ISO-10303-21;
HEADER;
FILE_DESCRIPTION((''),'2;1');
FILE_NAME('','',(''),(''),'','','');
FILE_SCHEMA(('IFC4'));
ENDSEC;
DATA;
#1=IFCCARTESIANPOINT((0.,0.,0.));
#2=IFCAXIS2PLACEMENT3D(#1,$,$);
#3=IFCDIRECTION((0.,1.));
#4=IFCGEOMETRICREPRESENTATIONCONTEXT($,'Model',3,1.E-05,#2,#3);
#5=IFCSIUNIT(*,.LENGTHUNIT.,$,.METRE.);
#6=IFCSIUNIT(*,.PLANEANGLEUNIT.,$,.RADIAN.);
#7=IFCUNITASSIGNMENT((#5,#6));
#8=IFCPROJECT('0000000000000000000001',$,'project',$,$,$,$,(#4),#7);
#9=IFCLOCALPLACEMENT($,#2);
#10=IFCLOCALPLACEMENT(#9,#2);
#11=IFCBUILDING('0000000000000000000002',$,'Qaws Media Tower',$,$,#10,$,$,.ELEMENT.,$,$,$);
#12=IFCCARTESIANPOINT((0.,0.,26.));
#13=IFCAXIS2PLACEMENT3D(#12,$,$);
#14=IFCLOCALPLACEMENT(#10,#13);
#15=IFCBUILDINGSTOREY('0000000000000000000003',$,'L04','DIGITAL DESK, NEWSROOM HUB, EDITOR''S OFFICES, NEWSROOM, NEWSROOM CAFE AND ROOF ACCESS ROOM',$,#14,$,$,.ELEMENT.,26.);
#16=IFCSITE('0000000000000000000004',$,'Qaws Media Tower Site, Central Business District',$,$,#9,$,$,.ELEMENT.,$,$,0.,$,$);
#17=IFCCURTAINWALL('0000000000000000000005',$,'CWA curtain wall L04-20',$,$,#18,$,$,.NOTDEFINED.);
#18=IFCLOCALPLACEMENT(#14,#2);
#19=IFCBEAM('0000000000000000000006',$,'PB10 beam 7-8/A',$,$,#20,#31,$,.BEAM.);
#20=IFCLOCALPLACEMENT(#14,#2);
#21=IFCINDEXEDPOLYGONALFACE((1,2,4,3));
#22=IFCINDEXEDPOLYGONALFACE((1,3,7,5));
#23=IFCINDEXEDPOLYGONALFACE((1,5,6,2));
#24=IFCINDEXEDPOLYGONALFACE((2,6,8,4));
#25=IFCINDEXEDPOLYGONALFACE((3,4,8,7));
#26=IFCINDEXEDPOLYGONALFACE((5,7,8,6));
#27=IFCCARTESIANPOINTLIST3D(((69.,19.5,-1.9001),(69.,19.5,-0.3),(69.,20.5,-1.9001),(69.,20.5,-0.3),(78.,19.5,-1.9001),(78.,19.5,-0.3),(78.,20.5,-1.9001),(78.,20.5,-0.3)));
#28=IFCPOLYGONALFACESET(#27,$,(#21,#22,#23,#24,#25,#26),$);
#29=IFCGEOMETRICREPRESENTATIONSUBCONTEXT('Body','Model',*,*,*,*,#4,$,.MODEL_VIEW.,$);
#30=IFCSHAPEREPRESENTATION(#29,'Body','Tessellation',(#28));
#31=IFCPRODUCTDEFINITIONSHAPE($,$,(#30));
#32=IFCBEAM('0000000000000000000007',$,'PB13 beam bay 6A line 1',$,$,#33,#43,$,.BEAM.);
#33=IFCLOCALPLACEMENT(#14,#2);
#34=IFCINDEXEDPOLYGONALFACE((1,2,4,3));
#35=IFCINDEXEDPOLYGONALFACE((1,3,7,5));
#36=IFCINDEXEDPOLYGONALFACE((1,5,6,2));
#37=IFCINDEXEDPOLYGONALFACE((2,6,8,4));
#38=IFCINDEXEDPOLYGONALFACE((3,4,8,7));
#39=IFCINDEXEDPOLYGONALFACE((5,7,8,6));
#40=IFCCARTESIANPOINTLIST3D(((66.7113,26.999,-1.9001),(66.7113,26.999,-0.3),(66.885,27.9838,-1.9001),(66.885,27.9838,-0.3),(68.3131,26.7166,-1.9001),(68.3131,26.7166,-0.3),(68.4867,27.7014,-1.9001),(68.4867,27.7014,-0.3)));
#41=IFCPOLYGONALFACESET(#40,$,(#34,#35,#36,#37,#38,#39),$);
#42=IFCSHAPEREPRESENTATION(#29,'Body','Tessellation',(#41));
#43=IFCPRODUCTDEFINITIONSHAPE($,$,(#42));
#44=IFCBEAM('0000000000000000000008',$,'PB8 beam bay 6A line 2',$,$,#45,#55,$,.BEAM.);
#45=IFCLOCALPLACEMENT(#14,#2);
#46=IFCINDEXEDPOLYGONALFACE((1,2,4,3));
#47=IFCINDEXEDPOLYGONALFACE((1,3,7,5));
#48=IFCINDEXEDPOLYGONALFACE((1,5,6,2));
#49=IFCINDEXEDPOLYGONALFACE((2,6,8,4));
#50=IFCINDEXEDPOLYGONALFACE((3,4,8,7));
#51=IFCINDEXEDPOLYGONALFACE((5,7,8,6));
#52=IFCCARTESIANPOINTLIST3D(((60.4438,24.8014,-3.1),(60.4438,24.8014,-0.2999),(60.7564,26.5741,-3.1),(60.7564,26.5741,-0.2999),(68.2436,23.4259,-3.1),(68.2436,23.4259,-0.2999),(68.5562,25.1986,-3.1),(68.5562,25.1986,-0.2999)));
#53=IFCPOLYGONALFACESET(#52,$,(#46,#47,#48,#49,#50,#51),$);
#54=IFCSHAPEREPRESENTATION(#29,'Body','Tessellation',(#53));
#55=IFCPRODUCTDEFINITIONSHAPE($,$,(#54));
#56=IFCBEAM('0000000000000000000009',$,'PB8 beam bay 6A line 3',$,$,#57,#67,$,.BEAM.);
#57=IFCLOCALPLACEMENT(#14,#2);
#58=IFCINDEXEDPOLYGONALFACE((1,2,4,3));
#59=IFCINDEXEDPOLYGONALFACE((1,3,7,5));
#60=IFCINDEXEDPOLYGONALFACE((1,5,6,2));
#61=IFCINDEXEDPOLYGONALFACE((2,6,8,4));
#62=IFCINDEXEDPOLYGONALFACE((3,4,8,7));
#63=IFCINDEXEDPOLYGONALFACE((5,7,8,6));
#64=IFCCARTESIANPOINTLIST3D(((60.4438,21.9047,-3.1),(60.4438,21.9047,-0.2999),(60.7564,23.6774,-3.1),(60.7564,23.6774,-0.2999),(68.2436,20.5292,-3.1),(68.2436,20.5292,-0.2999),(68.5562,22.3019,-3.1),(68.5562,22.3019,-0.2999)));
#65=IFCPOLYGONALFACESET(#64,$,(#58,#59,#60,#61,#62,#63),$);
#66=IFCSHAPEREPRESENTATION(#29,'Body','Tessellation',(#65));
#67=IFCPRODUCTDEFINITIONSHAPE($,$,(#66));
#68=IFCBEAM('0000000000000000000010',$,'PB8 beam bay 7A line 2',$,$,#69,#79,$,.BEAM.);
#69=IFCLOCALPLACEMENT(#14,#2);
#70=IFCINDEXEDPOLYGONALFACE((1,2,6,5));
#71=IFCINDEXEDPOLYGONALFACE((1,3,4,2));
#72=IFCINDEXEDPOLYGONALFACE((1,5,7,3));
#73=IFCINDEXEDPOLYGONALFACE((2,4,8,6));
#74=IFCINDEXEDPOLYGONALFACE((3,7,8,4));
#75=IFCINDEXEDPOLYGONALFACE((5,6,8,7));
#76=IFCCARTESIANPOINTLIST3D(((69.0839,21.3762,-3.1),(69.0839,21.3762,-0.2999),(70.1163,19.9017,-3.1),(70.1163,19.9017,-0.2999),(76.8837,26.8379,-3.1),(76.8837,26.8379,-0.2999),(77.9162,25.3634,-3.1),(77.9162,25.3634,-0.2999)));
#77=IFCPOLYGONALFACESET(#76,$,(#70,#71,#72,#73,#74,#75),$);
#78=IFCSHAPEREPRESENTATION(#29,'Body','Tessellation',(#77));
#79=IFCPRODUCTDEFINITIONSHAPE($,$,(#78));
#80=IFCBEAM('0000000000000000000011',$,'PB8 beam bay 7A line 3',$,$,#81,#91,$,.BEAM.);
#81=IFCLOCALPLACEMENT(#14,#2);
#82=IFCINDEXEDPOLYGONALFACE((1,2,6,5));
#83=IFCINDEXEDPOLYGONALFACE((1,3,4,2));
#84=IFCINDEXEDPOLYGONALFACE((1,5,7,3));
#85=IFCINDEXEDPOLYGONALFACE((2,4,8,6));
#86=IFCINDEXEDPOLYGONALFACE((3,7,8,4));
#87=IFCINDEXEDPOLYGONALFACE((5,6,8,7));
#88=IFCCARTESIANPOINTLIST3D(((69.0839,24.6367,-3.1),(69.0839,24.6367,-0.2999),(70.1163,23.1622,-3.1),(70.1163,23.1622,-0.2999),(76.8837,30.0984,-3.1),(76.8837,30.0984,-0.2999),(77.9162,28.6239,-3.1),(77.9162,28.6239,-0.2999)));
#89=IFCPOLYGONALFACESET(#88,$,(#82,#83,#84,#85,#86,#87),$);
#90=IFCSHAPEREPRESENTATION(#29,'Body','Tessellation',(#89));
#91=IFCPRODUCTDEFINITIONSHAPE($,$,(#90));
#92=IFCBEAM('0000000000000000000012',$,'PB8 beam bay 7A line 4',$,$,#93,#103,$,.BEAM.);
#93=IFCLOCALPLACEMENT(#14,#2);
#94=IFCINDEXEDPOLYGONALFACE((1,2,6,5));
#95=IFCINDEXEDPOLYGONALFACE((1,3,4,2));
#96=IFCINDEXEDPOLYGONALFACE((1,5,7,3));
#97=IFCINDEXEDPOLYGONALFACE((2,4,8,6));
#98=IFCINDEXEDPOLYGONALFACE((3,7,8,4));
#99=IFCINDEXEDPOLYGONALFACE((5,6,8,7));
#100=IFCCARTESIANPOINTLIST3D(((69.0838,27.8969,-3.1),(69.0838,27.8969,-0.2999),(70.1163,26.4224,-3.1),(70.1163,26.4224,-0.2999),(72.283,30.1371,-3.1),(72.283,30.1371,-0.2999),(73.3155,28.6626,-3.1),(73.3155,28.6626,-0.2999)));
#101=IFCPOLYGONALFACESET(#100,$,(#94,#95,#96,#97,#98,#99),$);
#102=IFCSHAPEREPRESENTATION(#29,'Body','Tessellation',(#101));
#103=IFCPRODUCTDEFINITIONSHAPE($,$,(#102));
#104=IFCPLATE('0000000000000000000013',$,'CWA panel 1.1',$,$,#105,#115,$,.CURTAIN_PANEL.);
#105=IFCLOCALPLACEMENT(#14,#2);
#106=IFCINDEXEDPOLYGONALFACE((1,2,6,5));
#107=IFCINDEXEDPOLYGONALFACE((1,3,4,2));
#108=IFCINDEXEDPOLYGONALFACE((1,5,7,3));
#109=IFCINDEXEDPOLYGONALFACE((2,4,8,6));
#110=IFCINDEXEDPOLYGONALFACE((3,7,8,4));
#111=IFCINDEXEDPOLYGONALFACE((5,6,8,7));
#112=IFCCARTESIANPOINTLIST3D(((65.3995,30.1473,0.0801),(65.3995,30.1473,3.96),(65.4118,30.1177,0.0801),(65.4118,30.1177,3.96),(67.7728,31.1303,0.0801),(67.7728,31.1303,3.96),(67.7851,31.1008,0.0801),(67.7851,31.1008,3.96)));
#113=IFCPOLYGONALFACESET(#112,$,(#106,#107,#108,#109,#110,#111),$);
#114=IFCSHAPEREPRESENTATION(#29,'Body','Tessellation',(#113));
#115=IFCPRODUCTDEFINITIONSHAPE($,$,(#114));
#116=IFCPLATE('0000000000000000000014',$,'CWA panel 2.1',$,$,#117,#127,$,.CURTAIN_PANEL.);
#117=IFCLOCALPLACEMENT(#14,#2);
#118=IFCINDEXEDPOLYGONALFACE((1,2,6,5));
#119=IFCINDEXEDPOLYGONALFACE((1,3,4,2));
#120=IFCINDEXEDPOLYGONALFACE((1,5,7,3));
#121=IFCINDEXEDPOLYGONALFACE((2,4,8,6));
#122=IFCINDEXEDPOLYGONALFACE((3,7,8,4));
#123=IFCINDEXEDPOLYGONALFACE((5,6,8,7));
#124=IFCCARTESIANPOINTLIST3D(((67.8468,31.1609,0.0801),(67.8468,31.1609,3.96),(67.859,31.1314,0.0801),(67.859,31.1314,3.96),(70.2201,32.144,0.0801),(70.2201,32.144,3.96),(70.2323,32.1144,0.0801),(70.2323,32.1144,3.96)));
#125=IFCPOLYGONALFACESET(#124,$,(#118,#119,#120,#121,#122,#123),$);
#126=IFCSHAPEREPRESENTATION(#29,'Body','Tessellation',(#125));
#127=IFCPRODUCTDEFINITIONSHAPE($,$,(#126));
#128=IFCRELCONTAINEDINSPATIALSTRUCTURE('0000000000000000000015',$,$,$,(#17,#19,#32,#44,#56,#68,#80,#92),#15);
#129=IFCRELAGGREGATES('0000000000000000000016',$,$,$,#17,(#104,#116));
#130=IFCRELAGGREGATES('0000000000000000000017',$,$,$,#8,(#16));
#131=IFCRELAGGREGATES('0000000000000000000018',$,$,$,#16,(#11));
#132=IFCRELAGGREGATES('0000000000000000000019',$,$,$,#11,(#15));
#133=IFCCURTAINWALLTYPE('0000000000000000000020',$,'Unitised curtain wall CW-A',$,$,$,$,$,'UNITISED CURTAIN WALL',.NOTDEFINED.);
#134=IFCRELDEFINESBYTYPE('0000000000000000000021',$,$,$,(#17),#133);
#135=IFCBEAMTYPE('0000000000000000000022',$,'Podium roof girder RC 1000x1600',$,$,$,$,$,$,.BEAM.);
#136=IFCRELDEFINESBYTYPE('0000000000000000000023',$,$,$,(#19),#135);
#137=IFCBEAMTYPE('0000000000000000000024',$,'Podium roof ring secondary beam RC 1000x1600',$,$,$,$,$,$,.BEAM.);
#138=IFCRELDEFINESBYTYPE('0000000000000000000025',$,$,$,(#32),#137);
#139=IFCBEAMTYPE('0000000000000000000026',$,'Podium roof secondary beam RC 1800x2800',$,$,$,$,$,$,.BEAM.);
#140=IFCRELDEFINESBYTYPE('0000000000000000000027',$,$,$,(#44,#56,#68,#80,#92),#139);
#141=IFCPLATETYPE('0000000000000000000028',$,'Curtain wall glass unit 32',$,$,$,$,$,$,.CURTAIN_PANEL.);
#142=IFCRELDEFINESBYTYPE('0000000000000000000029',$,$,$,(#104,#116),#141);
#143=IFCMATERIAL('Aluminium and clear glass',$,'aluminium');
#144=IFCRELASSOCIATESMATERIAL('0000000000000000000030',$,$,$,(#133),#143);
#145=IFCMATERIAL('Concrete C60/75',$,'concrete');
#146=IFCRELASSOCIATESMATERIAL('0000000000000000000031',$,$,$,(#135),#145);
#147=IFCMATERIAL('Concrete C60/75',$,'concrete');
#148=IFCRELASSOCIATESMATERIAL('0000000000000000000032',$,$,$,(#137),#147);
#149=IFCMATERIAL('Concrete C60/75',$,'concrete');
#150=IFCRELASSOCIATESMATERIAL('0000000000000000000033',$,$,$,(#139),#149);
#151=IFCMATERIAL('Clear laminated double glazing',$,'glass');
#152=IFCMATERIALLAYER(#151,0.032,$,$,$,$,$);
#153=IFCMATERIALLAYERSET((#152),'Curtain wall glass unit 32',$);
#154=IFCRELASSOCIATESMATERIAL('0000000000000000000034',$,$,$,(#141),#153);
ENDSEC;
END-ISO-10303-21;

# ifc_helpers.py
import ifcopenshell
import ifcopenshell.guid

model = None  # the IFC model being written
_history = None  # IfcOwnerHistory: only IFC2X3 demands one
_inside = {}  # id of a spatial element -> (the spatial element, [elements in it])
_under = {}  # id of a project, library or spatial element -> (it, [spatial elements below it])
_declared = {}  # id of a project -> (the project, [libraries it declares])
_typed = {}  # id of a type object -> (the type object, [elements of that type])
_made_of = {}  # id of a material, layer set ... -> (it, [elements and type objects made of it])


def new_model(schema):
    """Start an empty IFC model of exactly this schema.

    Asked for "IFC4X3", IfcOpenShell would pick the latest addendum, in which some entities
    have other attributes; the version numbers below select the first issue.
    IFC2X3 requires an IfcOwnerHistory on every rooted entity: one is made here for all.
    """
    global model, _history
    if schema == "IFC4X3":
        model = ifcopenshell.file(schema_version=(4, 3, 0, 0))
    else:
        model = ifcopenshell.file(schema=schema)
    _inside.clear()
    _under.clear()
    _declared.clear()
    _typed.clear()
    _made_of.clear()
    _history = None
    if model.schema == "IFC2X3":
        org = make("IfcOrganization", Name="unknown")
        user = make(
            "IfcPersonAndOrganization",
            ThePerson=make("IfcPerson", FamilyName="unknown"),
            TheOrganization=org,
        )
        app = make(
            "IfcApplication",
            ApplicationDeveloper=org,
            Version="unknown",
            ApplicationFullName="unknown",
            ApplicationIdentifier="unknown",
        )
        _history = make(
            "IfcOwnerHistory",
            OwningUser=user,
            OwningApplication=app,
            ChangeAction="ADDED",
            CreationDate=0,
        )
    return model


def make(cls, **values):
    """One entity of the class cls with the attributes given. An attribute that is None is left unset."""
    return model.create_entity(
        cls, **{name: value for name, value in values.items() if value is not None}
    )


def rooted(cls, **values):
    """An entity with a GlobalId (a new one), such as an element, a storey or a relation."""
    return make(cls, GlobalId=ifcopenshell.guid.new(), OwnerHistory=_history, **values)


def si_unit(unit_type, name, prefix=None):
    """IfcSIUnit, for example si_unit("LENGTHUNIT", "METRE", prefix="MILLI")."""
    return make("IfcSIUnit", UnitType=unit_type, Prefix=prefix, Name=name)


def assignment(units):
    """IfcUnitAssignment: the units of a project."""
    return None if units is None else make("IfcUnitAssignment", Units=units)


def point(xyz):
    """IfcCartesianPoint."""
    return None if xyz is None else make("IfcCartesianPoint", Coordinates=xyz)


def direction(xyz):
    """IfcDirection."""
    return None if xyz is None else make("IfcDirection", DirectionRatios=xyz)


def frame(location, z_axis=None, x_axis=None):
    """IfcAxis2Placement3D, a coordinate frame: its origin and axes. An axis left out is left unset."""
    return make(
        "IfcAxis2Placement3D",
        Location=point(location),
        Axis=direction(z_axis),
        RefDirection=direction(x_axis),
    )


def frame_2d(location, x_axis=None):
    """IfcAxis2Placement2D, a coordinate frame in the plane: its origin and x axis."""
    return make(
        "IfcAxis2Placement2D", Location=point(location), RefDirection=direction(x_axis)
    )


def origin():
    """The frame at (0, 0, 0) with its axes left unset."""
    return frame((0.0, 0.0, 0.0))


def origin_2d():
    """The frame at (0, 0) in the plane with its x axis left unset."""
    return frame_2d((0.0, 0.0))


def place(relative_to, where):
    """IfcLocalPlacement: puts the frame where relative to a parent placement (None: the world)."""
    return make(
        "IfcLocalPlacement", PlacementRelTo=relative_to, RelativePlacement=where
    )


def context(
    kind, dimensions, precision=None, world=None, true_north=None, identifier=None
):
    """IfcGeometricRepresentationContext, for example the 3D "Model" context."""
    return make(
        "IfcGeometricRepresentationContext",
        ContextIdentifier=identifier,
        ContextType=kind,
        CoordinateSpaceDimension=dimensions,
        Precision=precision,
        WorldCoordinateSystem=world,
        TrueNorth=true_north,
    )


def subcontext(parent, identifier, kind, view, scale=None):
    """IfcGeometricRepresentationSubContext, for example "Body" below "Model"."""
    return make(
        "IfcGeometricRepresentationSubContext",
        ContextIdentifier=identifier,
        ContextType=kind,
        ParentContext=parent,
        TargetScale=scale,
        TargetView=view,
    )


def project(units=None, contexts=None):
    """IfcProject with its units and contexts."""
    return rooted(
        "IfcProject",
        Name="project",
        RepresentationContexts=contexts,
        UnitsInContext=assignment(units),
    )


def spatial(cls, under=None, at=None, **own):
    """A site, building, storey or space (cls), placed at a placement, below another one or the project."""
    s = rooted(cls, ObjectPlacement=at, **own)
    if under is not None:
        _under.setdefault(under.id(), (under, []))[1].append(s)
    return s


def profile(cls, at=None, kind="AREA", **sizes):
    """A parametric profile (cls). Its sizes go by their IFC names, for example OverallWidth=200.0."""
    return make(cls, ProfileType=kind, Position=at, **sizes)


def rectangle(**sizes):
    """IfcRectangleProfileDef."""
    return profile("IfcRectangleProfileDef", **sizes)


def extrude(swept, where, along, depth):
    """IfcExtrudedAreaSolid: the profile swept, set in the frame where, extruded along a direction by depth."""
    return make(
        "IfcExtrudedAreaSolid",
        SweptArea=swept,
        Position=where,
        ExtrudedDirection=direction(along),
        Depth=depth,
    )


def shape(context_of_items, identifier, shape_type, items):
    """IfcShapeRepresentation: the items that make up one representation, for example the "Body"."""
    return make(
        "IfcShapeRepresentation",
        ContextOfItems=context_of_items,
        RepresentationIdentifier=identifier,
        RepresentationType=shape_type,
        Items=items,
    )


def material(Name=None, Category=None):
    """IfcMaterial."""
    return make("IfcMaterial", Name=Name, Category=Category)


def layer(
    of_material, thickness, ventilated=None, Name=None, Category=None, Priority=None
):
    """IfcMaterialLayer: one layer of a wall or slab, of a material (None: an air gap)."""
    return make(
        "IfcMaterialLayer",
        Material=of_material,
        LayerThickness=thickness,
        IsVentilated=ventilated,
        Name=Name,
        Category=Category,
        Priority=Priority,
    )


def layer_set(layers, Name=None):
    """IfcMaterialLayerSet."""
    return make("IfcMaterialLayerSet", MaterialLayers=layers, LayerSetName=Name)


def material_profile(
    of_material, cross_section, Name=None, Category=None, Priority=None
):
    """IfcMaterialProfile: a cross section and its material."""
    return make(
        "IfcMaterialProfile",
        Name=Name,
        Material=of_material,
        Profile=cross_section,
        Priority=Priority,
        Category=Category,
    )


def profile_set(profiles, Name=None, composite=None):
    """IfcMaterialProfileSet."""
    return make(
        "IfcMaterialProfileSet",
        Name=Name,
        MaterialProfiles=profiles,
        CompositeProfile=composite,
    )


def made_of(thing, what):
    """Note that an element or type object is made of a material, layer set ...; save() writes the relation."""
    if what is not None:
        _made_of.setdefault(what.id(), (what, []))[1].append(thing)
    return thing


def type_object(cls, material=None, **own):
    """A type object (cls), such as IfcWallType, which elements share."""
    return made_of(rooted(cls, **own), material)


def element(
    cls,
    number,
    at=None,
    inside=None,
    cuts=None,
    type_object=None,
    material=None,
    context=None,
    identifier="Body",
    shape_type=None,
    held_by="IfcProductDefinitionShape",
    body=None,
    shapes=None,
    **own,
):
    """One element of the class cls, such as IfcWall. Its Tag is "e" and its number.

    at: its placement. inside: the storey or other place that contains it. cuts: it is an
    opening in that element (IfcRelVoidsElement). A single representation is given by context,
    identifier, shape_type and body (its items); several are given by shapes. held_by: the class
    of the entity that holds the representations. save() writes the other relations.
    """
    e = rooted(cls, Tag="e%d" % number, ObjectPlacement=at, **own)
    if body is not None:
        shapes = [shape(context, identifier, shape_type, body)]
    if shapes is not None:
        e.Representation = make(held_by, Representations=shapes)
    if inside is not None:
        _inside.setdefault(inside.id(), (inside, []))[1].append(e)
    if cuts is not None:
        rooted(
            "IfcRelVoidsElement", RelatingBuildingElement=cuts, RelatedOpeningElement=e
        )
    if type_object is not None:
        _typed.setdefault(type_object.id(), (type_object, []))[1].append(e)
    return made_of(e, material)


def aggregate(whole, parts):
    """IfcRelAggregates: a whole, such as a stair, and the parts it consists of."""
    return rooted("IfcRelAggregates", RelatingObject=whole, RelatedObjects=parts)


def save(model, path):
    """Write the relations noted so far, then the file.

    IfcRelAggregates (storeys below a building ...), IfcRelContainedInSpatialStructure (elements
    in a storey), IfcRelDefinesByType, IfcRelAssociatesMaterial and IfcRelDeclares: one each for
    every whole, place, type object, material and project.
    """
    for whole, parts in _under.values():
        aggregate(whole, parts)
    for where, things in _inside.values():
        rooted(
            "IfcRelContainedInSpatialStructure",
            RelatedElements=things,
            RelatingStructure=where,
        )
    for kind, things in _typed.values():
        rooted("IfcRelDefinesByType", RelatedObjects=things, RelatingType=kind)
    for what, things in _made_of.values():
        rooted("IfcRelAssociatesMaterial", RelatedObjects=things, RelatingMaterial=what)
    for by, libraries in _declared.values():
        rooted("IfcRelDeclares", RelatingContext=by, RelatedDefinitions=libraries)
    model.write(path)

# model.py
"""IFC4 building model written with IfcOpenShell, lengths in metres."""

from ifc_helpers import new_model, si_unit, direction, frame, origin, origin_2d, place, context, subcontext, project, spatial, rectangle, extrude, material, layer, layer_set, material_profile, profile_set, type_object, element, aggregate, save


model = new_model("IFC4")

# Units and contexts
model_context = context("Model", 3, precision=1e-05, world=origin(), true_north=direction((0.0, 1.0)))
body_context = subcontext(model_context, "Body", "Model", "MODEL_VIEW")
ifc_project = project(units=[si_unit("LENGTHUNIT", "METRE"), si_unit("PLANEANGLEUNIT", "RADIAN")], contexts=[model_context])

# Site, building, storey
site_placement = place(None, origin())
site = spatial("IfcSite", under=ifc_project, at=site_placement, Name="Qaws Media Tower Site, Central Business District", CompositionType="ELEMENT", RefElevation=0.0)
building_placement = place(site_placement, origin())
building = spatial("IfcBuilding", under=site, at=building_placement, Name="Qaws Media Tower", CompositionType="ELEMENT")
storey_placement = place(building_placement, frame((0.0, 0.0, 26.0)))
storey = spatial("IfcBuildingStorey", under=building, at=storey_placement, Name="L04", Description="DIGITAL DESK, NEWSROOM HUB, EDITOR'S OFFICES, NEWSROOM, NEWSROOM CAFE AND ROOF ACCESS ROOM", CompositionType="ELEMENT", Elevation=26.0)

# Curtain wall
ifc_material_1 = material(Name="Aluminium and clear glass", Category="aluminium")
curtain_wall_type = type_object("IfcCurtainWallType", Name="Unitised curtain wall CW-A", ElementType="UNITISED CURTAIN WALL", PredefinedType="NOTDEFINED", material=ifc_material_1)
curtain_wall_1_placement = place(storey_placement, origin())
curtain_wall_1 = element("IfcCurtainWall", 1, at=curtain_wall_1_placement, inside=storey, type_object=curtain_wall_type, Name="CWA curtain wall L04-20", PredefinedType="NOTDEFINED")

# Beams
ifc_material_2 = material(Name="Concrete C60/75", Category="concrete")
ifc_material_profile_1 = material_profile(ifc_material_2, rectangle(XDim=1.0, YDim=1.6001, at=origin_2d()), Name="RC 1000x1600")
ifc_profile_set_1 = profile_set([ifc_material_profile_1], Name="Concrete C60/75")
beam_type_1 = type_object("IfcBeamType", Name="Podium roof girder RC 1000x1600", PredefinedType="BEAM", material=ifc_profile_set_1)
beam_1_placement = place(storey_placement, frame((69.0, 20.0, -1.1001), z_axis=(1.0, 0.0, 0.0), x_axis=(0.0, 1.0, 0.0)))
element("IfcBeam", 2, at=beam_1_placement, inside=storey, type_object=beam_type_1, Name="PB10 beam 7-8/A", PredefinedType="BEAM", context=body_context, shape_type="SweptSolid", body=[
    extrude(rectangle(XDim=1.0, YDim=1.6001, at=origin_2d()), origin(), (0.0, 0.0, 1.0), 9.0),
])
ifc_material_3 = material(Name="Concrete C60/75", Category="concrete")
ifc_material_profile_2 = material_profile(ifc_material_3, rectangle(XDim=1.0, YDim=1.6001, at=origin_2d()), Name="RC 1000x1600")
ifc_profile_set_2 = profile_set([ifc_material_profile_2], Name="Concrete C60/75")
beam_type_2 = type_object("IfcBeamType", Name="Podium roof ring secondary beam RC 1000x1600", PredefinedType="BEAM", material=ifc_profile_set_2)
beam_2_placement = place(storey_placement, frame((68.3999, 27.209, -1.1001), z_axis=(-0.984805, 0.173665, 0.0), x_axis=(-0.173665, -0.984805, 0.0)))
element("IfcBeam", 3, at=beam_2_placement, inside=storey, type_object=beam_type_2, Name="PB13 beam bay 6A line 1", PredefinedType="BEAM", context=body_context, shape_type="SweptSolid", body=[
    extrude(rectangle(XDim=1.0, YDim=1.6001, at=origin_2d()), origin(), (0.0, 0.0, 1.0), 1.6265),
])
ifc_material_4 = material(Name="Concrete C60/75", Category="concrete")
ifc_material_profile_3 = material_profile(ifc_material_4, rectangle(XDim=1.8, YDim=2.8, at=origin_2d()), Name="RC 1800x2800")
ifc_profile_set_3 = profile_set([ifc_material_profile_3], Name="Concrete C60/75")
beam_type_3 = type_object("IfcBeamType", Name="Podium roof secondary beam RC 1800x2800", PredefinedType="BEAM", material=ifc_profile_set_3)
for number, where, z_axis, x_axis, name in (
    (4, (68.3999, 24.3123, -1.7), (-0.984804, 0.173669, 0.0), (-0.173669, -0.984804, 0.0), "PB8 beam bay 6A line 2"),
    (5, (68.3999, 21.4155, -1.7), (-0.984804, 0.173669, 0.0), (-0.173669, -0.984804, 0.0), "PB8 beam bay 6A line 3"),
):
    element("IfcBeam", number, at=place(storey_placement, frame(where, z_axis=z_axis, x_axis=x_axis)), inside=storey, type_object=beam_type_3, Name=name, PredefinedType="BEAM", context=body_context, shape_type="SweptSolid", body=[
        extrude(rectangle(XDim=1.8, YDim=2.8, at=origin_2d()), origin(), (0.0, 0.0, 1.0), 7.9202),
    ])
for number, where, z_axis, x_axis, name in (
    (6, (69.6001, 20.6389, -1.7), (0.819143, 0.57359, 0.0), (-0.57359, 0.819143, 0.0), "PB8 beam bay 7A line 2"),
    (7, (69.6001, 23.8994, -1.7), (0.819143, 0.57359, 0.0), (-0.57359, 0.819143, 0.0), "PB8 beam bay 7A line 3"),
):
    element("IfcBeam", number, at=place(storey_placement, frame(where, z_axis=z_axis, x_axis=x_axis)), inside=storey, type_object=beam_type_3, Name=name, PredefinedType="BEAM", context=body_context, shape_type="SweptSolid", body=[
        extrude(rectangle(XDim=1.8, YDim=2.8, at=origin_2d()), origin(), (0.0, 0.0, 1.0), 9.522),
    ])
beam_3_placement = place(storey_placement, frame((69.6001, 27.1597, -1.7), z_axis=(0.819138, 0.573597, 0.0), x_axis=(-0.573597, 0.819138, 0.0)))
element("IfcBeam", 8, at=beam_3_placement, inside=storey, type_object=beam_type_3, Name="PB8 beam bay 7A line 4", PredefinedType="BEAM", context=body_context, shape_type="SweptSolid", body=[
    extrude(rectangle(XDim=1.8, YDim=2.8, at=origin_2d()), origin(), (0.0, 0.0, 1.0), 3.9055),
])

# Plates
ifc_material_5 = material(Name="Clear laminated double glazing", Category="glass")
ifc_layer = layer(ifc_material_5, 0.032)
ifc_layer_set = layer_set([ifc_layer], Name="Curtain wall glass unit 32")
plate_type = type_object("IfcPlateType", Name="Curtain wall glass unit 32", PredefinedType="CURTAIN_PANEL", material=ifc_layer_set)
plate_1_placement = place(storey_placement, frame((66.5923, 30.624, 0.0801), z_axis=(0.0, 0.0, 1.0), x_axis=(0.92388, 0.382683, 0.0)))
plate_1 = element("IfcPlate", 9, at=plate_1_placement, type_object=plate_type, Name="CWA panel 1.1", PredefinedType="CURTAIN_PANEL", context=body_context, shape_type="SweptSolid", body=[
    extrude(rectangle(XDim=2.5688, YDim=0.032, at=origin_2d()), origin(), (0.0, 0.0, 1.0), 3.8799),
])
plate_2_placement = place(storey_placement, frame((69.0396, 31.6377, 0.0801), z_axis=(0.0, 0.0, 1.0), x_axis=(0.92388, 0.382683, 0.0)))
plate_2 = element("IfcPlate", 10, at=plate_2_placement, type_object=plate_type, Name="CWA panel 2.1", PredefinedType="CURTAIN_PANEL", context=body_context, shape_type="SweptSolid", body=[
    extrude(rectangle(XDim=2.5688, YDim=0.032, at=origin_2d()), origin(), (0.0, 0.0, 1.0), 3.8799),
])
aggregate(curtain_wall_1, [plate_1, plate_2])

save(model, "model.ifc")
